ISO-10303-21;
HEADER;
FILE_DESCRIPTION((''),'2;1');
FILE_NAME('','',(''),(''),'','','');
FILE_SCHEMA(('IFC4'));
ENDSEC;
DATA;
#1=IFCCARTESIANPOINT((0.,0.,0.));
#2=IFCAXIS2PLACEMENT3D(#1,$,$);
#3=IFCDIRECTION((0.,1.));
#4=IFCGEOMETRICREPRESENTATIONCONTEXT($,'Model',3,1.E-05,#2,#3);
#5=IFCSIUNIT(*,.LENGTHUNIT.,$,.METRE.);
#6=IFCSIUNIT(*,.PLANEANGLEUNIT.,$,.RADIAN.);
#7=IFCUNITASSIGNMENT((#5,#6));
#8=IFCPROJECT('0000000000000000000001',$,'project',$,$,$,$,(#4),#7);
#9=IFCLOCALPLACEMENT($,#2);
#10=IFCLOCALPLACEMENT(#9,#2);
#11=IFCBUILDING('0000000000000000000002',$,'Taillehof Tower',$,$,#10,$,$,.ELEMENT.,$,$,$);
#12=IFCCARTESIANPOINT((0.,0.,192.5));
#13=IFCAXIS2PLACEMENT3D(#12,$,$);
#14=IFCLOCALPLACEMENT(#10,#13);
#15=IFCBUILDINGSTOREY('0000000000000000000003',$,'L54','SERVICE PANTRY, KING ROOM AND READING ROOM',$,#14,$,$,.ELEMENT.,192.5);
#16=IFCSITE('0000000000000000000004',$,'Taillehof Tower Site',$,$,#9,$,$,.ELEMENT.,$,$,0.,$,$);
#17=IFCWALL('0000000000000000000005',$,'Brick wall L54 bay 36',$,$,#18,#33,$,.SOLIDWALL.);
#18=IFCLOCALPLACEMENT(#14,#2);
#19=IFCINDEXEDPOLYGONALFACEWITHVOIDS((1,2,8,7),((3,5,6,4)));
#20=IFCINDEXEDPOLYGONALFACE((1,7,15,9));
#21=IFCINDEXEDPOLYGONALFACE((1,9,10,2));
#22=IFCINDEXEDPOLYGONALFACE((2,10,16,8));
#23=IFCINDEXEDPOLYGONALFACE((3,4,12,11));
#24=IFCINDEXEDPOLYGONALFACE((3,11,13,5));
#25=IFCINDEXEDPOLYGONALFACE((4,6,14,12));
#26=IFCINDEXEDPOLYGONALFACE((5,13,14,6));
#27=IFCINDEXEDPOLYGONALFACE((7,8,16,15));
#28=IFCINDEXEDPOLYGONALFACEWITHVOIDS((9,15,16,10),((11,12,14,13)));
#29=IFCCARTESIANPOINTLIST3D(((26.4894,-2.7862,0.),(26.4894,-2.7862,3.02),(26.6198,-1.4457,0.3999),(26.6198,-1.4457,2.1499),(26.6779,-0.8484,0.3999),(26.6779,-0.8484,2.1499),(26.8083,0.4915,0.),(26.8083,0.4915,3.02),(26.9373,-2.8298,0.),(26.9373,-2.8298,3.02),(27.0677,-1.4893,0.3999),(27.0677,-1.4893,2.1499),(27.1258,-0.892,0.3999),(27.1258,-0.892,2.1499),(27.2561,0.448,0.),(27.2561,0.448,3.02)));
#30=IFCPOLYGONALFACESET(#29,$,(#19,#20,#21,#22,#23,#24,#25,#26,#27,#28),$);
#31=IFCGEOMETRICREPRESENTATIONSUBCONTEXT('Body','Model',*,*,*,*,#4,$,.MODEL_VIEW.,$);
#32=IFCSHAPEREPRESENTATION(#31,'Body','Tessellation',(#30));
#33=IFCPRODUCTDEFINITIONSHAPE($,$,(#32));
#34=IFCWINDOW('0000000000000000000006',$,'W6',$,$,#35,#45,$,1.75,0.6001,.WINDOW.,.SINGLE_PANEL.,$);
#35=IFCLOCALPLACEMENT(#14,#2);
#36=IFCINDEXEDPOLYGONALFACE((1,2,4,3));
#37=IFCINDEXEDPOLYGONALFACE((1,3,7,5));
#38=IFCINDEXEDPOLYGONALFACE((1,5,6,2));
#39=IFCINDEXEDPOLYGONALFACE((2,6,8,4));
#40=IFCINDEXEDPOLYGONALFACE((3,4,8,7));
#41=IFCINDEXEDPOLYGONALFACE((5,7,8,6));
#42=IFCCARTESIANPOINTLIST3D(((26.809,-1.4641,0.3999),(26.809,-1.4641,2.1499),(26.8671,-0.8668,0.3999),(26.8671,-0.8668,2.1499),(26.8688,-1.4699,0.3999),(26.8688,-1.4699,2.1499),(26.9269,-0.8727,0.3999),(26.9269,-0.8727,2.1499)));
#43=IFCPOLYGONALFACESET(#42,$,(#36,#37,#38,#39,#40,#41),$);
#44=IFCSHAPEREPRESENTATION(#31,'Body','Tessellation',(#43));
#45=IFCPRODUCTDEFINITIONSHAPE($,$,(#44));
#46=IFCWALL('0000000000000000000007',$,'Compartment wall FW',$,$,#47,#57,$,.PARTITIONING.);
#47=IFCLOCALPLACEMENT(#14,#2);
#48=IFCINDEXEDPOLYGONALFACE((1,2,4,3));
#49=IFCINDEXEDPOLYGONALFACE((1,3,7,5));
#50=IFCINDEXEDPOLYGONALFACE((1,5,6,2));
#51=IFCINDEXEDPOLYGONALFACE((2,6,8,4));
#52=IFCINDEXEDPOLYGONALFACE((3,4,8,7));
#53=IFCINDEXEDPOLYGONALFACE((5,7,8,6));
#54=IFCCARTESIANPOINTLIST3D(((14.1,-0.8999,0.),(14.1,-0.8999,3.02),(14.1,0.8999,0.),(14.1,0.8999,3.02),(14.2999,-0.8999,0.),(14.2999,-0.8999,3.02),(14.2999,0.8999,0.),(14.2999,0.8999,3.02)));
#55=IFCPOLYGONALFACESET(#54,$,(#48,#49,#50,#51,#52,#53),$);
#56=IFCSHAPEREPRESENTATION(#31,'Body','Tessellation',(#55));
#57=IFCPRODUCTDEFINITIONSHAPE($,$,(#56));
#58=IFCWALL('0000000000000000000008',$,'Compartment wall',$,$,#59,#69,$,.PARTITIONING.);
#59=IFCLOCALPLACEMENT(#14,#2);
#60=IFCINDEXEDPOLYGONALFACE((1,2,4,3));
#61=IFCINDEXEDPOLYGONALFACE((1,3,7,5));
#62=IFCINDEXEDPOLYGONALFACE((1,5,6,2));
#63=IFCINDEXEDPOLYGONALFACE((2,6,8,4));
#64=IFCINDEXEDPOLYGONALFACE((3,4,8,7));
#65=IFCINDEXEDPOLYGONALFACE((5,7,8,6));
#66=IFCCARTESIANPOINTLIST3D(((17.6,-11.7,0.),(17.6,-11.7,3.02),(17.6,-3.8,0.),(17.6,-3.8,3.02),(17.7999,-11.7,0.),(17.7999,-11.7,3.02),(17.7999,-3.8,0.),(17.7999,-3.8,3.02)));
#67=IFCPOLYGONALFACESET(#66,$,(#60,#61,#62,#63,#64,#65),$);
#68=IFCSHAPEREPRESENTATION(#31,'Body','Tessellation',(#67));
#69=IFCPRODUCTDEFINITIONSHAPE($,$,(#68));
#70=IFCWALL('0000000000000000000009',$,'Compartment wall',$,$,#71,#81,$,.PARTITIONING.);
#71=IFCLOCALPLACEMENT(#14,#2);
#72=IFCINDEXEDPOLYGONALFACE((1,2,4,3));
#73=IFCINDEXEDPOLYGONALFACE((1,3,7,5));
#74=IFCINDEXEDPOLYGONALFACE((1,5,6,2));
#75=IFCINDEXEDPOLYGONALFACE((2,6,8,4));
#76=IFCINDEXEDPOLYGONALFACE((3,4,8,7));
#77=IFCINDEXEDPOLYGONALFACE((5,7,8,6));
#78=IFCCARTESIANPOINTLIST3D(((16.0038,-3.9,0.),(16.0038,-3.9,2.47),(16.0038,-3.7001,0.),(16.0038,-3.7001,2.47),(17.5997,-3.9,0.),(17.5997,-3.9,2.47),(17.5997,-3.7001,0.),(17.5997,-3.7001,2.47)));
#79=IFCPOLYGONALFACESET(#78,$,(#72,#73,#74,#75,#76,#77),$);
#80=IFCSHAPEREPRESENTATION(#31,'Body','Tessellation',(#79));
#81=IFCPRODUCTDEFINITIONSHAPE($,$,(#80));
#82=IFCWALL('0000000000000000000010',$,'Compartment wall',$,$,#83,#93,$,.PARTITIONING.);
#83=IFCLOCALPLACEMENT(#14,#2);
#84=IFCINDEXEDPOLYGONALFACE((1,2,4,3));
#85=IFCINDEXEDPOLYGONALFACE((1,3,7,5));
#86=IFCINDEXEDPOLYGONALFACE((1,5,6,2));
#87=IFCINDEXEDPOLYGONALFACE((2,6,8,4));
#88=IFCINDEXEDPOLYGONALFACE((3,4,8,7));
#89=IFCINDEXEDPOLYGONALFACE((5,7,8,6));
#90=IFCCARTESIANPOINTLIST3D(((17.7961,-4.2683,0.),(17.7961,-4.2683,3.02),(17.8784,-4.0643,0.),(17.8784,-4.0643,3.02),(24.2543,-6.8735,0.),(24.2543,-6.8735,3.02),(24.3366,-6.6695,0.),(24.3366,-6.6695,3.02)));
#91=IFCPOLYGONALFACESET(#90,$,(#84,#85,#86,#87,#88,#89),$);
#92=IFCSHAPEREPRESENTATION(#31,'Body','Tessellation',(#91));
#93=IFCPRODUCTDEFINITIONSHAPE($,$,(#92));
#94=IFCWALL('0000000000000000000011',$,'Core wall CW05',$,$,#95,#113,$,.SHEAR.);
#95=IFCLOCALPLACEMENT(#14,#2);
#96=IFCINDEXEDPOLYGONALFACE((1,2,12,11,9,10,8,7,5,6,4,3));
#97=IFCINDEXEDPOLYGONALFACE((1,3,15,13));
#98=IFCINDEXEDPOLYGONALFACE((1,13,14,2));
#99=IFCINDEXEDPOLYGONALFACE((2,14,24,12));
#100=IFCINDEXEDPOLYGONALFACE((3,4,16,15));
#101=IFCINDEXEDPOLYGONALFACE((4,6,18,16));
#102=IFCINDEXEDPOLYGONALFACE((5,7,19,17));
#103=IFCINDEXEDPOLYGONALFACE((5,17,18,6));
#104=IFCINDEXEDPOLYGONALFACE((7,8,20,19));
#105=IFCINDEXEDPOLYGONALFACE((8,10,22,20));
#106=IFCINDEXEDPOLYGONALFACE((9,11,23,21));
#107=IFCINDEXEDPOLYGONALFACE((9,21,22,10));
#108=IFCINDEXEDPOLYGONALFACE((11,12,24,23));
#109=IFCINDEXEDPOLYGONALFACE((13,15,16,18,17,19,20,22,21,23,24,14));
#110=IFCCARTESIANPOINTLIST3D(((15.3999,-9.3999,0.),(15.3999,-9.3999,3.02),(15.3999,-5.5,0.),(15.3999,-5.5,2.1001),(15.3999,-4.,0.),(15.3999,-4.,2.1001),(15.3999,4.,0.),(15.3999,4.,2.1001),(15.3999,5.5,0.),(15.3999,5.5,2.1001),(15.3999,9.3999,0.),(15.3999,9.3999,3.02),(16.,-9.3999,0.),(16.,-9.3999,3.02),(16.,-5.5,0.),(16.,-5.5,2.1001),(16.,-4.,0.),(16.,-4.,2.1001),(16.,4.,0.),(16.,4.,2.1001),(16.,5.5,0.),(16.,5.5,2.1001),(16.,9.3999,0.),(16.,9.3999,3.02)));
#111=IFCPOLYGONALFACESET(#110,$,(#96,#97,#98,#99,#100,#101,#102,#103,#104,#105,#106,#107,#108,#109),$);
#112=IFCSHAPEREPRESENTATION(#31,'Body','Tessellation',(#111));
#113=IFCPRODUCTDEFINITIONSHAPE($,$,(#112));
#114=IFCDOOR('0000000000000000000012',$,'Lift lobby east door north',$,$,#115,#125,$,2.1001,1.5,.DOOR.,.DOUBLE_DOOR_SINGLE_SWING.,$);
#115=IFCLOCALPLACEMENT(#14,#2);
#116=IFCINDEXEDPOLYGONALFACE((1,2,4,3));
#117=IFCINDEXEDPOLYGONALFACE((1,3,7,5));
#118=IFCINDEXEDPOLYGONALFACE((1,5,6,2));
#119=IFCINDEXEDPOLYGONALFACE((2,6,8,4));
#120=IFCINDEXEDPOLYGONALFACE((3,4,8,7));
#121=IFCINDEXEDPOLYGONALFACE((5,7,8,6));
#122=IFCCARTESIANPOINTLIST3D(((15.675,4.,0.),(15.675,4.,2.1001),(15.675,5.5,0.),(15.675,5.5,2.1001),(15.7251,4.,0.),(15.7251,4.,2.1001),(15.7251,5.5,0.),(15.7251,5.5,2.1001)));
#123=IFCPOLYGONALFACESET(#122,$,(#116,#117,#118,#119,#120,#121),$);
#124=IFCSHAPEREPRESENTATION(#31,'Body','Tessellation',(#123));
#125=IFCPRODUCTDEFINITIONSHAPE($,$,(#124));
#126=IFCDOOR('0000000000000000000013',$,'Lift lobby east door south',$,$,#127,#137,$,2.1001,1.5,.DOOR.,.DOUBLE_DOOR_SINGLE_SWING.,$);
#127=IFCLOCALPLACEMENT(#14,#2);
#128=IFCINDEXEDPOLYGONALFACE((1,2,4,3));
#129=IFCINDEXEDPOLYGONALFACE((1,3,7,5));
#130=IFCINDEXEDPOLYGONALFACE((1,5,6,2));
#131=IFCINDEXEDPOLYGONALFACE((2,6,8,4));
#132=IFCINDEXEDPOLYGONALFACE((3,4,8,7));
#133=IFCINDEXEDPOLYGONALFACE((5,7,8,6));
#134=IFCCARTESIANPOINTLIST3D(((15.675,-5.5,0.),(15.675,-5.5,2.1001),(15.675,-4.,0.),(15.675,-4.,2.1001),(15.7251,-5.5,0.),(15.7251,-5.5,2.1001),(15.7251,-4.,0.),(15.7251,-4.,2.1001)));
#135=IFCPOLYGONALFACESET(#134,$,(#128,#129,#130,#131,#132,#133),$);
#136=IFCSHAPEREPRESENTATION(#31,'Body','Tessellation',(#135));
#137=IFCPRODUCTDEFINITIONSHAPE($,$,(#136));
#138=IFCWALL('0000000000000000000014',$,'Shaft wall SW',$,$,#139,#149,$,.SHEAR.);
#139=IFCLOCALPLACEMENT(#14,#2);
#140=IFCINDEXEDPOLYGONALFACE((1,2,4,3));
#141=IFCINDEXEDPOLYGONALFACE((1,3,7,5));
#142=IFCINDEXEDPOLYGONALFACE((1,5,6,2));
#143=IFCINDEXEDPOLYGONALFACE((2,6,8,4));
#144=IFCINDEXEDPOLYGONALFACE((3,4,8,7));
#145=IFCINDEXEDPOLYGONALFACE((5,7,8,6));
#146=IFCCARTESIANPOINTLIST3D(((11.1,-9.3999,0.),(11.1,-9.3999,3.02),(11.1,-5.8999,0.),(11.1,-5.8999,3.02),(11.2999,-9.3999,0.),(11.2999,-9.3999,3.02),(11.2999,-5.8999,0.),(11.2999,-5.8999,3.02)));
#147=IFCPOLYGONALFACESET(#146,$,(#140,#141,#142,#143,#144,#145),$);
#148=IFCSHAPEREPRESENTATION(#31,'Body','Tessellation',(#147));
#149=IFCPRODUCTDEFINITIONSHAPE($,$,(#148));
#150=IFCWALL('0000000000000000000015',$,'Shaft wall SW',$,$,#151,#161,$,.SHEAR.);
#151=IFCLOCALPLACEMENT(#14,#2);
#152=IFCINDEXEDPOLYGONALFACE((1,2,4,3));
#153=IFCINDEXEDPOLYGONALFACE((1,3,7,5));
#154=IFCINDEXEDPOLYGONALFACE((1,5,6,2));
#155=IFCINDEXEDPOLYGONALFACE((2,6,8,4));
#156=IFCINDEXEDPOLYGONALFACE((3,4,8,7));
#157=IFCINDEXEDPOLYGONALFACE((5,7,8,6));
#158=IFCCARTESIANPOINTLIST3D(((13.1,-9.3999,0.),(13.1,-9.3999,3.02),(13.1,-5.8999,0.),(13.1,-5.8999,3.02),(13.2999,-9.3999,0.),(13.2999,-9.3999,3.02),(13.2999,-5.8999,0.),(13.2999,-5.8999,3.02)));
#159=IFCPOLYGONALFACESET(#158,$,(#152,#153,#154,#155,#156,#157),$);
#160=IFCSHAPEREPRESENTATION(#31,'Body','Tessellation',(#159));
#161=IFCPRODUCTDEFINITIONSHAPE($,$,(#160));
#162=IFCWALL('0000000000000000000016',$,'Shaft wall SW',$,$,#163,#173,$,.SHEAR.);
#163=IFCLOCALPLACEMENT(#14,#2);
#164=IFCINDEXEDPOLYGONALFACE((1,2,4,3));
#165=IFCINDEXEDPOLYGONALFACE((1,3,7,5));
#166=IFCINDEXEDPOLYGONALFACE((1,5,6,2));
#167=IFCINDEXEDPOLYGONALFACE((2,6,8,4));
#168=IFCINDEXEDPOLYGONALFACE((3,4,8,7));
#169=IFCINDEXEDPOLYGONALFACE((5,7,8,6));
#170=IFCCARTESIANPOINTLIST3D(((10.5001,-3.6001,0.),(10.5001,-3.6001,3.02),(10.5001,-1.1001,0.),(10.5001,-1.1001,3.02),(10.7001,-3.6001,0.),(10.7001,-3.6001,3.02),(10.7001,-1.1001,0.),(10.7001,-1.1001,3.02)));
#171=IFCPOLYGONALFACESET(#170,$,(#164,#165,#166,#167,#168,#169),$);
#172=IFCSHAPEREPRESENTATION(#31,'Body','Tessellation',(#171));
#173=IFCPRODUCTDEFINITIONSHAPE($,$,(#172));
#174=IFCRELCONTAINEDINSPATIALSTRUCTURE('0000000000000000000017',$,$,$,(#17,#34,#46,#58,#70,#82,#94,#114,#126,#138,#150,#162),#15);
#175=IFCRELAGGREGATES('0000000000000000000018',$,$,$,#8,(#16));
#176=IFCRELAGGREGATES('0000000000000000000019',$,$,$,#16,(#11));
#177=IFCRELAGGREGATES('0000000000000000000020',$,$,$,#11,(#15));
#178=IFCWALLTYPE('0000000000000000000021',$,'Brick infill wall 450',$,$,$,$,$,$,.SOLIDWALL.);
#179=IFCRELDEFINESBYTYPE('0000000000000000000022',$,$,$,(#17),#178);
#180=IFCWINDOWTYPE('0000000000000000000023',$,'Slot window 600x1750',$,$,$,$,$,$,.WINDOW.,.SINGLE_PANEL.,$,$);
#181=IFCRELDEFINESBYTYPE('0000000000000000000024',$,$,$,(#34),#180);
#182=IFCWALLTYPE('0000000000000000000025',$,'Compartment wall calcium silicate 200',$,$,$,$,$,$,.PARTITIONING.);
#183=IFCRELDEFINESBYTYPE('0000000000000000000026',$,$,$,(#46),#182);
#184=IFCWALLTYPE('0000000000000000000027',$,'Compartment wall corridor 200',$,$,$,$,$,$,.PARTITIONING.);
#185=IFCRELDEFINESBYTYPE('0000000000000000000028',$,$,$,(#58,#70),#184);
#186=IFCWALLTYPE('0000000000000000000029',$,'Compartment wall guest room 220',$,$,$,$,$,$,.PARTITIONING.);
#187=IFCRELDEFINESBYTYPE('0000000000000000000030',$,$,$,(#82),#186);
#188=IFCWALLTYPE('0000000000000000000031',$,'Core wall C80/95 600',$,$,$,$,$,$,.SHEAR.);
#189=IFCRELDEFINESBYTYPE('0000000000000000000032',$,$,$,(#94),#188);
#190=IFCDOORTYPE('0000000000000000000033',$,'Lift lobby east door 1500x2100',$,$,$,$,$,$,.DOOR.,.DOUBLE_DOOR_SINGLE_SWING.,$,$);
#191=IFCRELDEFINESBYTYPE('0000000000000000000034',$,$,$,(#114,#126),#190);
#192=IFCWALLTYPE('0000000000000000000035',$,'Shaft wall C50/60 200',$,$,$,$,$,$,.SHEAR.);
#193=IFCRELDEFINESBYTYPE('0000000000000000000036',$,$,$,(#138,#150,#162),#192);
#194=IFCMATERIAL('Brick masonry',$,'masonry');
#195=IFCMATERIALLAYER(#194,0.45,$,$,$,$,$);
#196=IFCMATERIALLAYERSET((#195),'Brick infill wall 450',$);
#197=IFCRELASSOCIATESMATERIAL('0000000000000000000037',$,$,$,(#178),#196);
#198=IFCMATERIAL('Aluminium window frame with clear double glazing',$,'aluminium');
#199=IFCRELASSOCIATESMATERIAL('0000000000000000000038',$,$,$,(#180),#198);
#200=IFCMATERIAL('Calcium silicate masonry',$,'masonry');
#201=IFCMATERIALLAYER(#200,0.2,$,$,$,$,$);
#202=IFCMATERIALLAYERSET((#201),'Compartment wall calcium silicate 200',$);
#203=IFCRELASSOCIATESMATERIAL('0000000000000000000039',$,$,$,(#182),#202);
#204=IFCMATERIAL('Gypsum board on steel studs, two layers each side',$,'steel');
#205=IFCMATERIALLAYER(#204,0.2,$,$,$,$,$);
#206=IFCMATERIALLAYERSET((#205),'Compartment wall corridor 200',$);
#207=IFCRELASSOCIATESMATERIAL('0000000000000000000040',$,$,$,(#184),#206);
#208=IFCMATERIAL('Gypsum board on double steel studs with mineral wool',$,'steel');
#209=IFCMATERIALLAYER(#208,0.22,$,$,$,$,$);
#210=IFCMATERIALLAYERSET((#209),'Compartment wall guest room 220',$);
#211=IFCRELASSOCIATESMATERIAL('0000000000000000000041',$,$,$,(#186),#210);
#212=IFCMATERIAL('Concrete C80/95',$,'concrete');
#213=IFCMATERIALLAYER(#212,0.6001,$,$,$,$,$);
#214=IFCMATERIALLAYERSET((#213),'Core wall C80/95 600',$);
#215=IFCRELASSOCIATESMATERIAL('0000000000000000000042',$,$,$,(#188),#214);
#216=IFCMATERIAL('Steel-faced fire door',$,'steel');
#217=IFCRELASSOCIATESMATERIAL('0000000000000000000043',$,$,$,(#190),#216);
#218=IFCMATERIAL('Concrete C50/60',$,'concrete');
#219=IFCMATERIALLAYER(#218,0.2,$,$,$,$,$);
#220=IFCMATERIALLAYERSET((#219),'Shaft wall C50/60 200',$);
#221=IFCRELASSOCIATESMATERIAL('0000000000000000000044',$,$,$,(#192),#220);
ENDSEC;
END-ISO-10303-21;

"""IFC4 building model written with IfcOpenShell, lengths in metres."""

from ifc_helpers import new_model, si_unit, direction, frame, frame_2d, origin, place, context, subcontext, project, spatial, rectangle, extrude, material, layer, layer_set, type_object, element, fill, save


model = new_model("IFC4")

# Units and contexts
model_context = context("Model", 3, precision=1e-05, world=origin(), true_north=direction((0.0, 1.0)))
body_context = subcontext(model_context, "Body", "Model", "MODEL_VIEW")
ifc_project = project(units=[si_unit("LENGTHUNIT", "METRE"), si_unit("PLANEANGLEUNIT", "RADIAN")], contexts=[model_context])

# Site, building, storey
site_placement = place(None, origin())
site = spatial("IfcSite", under=ifc_project, at=site_placement, Name="Taillehof Tower Site", CompositionType="ELEMENT", RefElevation=0.0)
building_placement = place(site_placement, origin())
building = spatial("IfcBuilding", under=site, at=building_placement, Name="Taillehof Tower", CompositionType="ELEMENT")
storey_placement = place(building_placement, frame((0.0, 0.0, 192.5)))
storey = spatial("IfcBuildingStorey", under=building, at=storey_placement, Name="L54", Description="SERVICE PANTRY, KING ROOM AND READING ROOM", CompositionType="ELEMENT", Elevation=192.5)

# Shared definitions
ifc_material_1 = material(Name="Brick masonry", Category="masonry")
ifc_layer_1 = layer(ifc_material_1, 0.45)
ifc_layer_set_1 = layer_set([ifc_layer_1], Name="Brick infill wall 450")
wall_type_1 = type_object("IfcWallType", Name="Brick infill wall 450", PredefinedType="SOLIDWALL", material=ifc_layer_set_1)
ifc_material_2 = material(Name="Aluminium window frame with clear double glazing", Category="aluminium")
window_type = type_object("IfcWindowType", Name="Slot window 600x1750", PartitioningType="SINGLE_PANEL", PredefinedType="WINDOW", material=ifc_material_2)

# Wall, opening, window
wall_1_placement = place(storey_placement, frame((26.7134, -2.8079, 0.0), z_axis=(0.0, 0.0, 1.0), x_axis=(0.096817, 0.995302, 0.0)))
wall_1 = element("IfcWall", 1, at=wall_1_placement, inside=storey, type_object=wall_type_1, Name="Brick wall L54 bay 36", PredefinedType="SOLIDWALL", context=body_context, shape_type="SweptSolid", body=[
    extrude(rectangle(XDim=3.2932, YDim=0.45, at=frame_2d((1.6465, 0.0))), origin(), (0.0, 0.0, 1.0), 3.02),
])
opening_1_placement = place(wall_1_placement, frame((1.3467, 0.0, 0.3999)))
opening_1 = element("IfcOpeningElement", 2, at=opening_1_placement, cuts=wall_1, PredefinedType="OPENING", context=body_context, shape_type="SweptSolid", body=[
    extrude(rectangle(XDim=0.6001, YDim=1.75, at=frame_2d((0.3, 0.875))), frame((0.0, 0.2349, 0.0), z_axis=(0.0, -1.0, 0.0), x_axis=(1.0, 0.0, 0.0)), (0.0, 0.0, 1.0), 0.47),
])
window_1_placement = place(opening_1_placement, origin())
window_1 = element("IfcWindow", 3, at=window_1_placement, inside=storey, type_object=window_type, Name="W6", OverallHeight=1.75, OverallWidth=0.6001, PartitioningType="SINGLE_PANEL", PredefinedType="WINDOW", context=body_context, shape_type="SweptSolid", body=[
    extrude(rectangle(XDim=0.6001, YDim=1.75, at=frame_2d((0.3, 0.875))), frame((0.0, 0.0349, 0.0), z_axis=(0.0, -1.0, 0.0), x_axis=(1.0, 0.0, 0.0)), (0.0, 0.0, 1.0), 0.0601),
])
fill(opening_1, window_1)

# Walls
ifc_material_3 = material(Name="Calcium silicate masonry", Category="masonry")
ifc_layer_2 = layer(ifc_material_3, 0.2)
ifc_layer_set_2 = layer_set([ifc_layer_2], Name="Compartment wall calcium silicate 200")
wall_type_2 = type_object("IfcWallType", Name="Compartment wall calcium silicate 200", PredefinedType="PARTITIONING", material=ifc_layer_set_2)
wall_2_placement = place(storey_placement, frame((14.2, -0.8999, 0.0), z_axis=(0.0, 0.0, 1.0), x_axis=(0.0, 1.0, 0.0)))
element("IfcWall", 4, at=wall_2_placement, inside=storey, type_object=wall_type_2, Name="Compartment wall FW", PredefinedType="PARTITIONING", context=body_context, shape_type="SweptSolid", body=[
    extrude(rectangle(XDim=1.7998, YDim=0.2, at=frame_2d((0.8999, 0.0))), origin(), (0.0, 0.0, 1.0), 3.02),
])
ifc_material_4 = material(Name="Gypsum board on steel studs, two layers each side", Category="steel")
ifc_layer_3 = layer(ifc_material_4, 0.2)
ifc_layer_set_3 = layer_set([ifc_layer_3], Name="Compartment wall corridor 200")
wall_type_3 = type_object("IfcWallType", Name="Compartment wall corridor 200", PredefinedType="PARTITIONING", material=ifc_layer_set_3)
wall_3_placement = place(storey_placement, frame((17.7, -3.8, 0.0), z_axis=(0.0, 0.0, 1.0), x_axis=(0.0, -1.0, 0.0)))
element("IfcWall", 5, at=wall_3_placement, inside=storey, type_object=wall_type_3, Name="Compartment wall", PredefinedType="PARTITIONING", context=body_context, shape_type="SweptSolid", body=[
    extrude(rectangle(XDim=7.8999, YDim=0.2, at=frame_2d((3.95, 0.0))), origin(), (0.0, 0.0, 1.0), 3.02),
])
wall_4_placement = place(storey_placement, frame((16.0039, -3.8, 0.0), z_axis=(0.0, 0.0, 1.0), x_axis=(1.0, 0.0, 0.0)))
element("IfcWall", 6, at=wall_4_placement, inside=storey, type_object=wall_type_3, Name="Compartment wall", PredefinedType="PARTITIONING", context=body_context, shape_type="SweptSolid", body=[
    extrude(rectangle(XDim=1.5959, YDim=0.2, at=frame_2d((0.7979, 0.0))), origin(), (0.0, 0.0, 1.0), 2.47),
])
ifc_material_5 = material(Name="Gypsum board on double steel studs with mineral wool", Category="steel")
ifc_layer_4 = layer(ifc_material_5, 0.22)
ifc_layer_set_4 = layer_set([ifc_layer_4], Name="Compartment wall guest room 220")
wall_type_4 = type_object("IfcWallType", Name="Compartment wall guest room 220", PredefinedType="PARTITIONING", material=ifc_layer_set_4)
wall_5_placement = place(storey_placement, frame((24.2954, -6.7715, 0.0), z_axis=(0.0, 0.0, 1.0), x_axis=(-0.927387, 0.374103, 0.0)))
element("IfcWall", 7, at=wall_5_placement, inside=storey, type_object=wall_type_4, Name="Compartment wall", PredefinedType="PARTITIONING", context=body_context, shape_type="SweptSolid", body=[
    extrude(rectangle(XDim=6.9639, YDim=0.22, at=frame_2d((3.4819, 0.0))), origin(), (0.0, 0.0, 1.0), 3.02),
])

# Wall, openings, doors
ifc_material_6 = material(Name="Concrete C80/95", Category="concrete")
ifc_layer_5 = layer(ifc_material_6, 0.6001)
ifc_layer_set_5 = layer_set([ifc_layer_5], Name="Core wall C80/95 600")
wall_type_5 = type_object("IfcWallType", Name="Core wall C80/95 600", PredefinedType="SHEAR", material=ifc_layer_set_5)
wall_6_placement = place(storey_placement, frame((15.7, -9.3999, 0.0), z_axis=(0.0, 0.0, 1.0), x_axis=(0.0, 1.0, 0.0)))
wall_6 = element("IfcWall", 8, at=wall_6_placement, inside=storey, type_object=wall_type_5, Name="Core wall CW05", PredefinedType="SHEAR", context=body_context, shape_type="SweptSolid", body=[
    extrude(rectangle(XDim=18.7998, YDim=0.6001, at=frame_2d((9.3999, 0.0))), origin(), (0.0, 0.0, 1.0), 3.02),
])
opening_2_placement = place(wall_6_placement, frame((13.3999, 0.0, 0.0)))
opening_2 = element("IfcOpeningElement", 9, at=opening_2_placement, cuts=wall_6, PredefinedType="OPENING", context=body_context, shape_type="SweptSolid", body=[
    extrude(rectangle(XDim=1.5, YDim=2.1001, at=frame_2d((0.75, 1.05))), frame((0.0, 0.3101, 0.0), z_axis=(0.0, -1.0, 0.0), x_axis=(1.0, 0.0, 0.0)), (0.0, 0.0, 1.0), 0.6201),
])
opening_3_placement = place(wall_6_placement, frame((3.8999, 0.0, 0.0)))
opening_3 = element("IfcOpeningElement", 10, at=opening_3_placement, cuts=wall_6, PredefinedType="OPENING", context=body_context, shape_type="SweptSolid", body=[
    extrude(rectangle(XDim=1.5, YDim=2.1001, at=frame_2d((0.75, 1.05))), frame((0.0, 0.3101, 0.0), z_axis=(0.0, -1.0, 0.0), x_axis=(1.0, 0.0, 0.0)), (0.0, 0.0, 1.0), 0.6201),
])
ifc_material_7 = material(Name="Steel-faced fire door", Category="steel")
door_type = type_object("IfcDoorType", Name="Lift lobby east door 1500x2100", OperationType="DOUBLE_DOOR_SINGLE_SWING", PredefinedType="DOOR", material=ifc_material_7)
door_1_placement = place(opening_2_placement, origin())
door_1 = element("IfcDoor", 11, at=door_1_placement, inside=storey, type_object=door_type, Name="Lift lobby east door north", OperationType="DOUBLE_DOOR_SINGLE_SWING", OverallHeight=2.1001, OverallWidth=1.5, PredefinedType="DOOR", context=body_context, shape_type="SweptSolid", body=[
    extrude(rectangle(XDim=1.5, YDim=2.1001, at=frame_2d((0.75, 1.05))), frame((0.0, 0.0249, 0.0), z_axis=(0.0, -1.0, 0.0), x_axis=(1.0, 0.0, 0.0)), (0.0, 0.0, 1.0), 0.05),
])
fill(opening_2, door_1)
door_2_placement = place(opening_3_placement, origin())
door_2 = element("IfcDoor", 12, at=door_2_placement, inside=storey, type_object=door_type, Name="Lift lobby east door south", OperationType="DOUBLE_DOOR_SINGLE_SWING", OverallHeight=2.1001, OverallWidth=1.5, PredefinedType="DOOR", context=body_context, shape_type="SweptSolid", body=[
    extrude(rectangle(XDim=1.5, YDim=2.1001, at=frame_2d((0.75, 1.05))), frame((0.0, 0.0249, 0.0), z_axis=(0.0, -1.0, 0.0), x_axis=(1.0, 0.0, 0.0)), (0.0, 0.0, 1.0), 0.05),
])
fill(opening_3, door_2)

# Walls
ifc_material_8 = material(Name="Concrete C50/60", Category="concrete")
ifc_layer_6 = layer(ifc_material_8, 0.2)
ifc_layer_set_6 = layer_set([ifc_layer_6], Name="Shaft wall C50/60 200")
wall_type_6 = type_object("IfcWallType", Name="Shaft wall C50/60 200", PredefinedType="SHEAR", material=ifc_layer_set_6)
for number, where, z_axis, x_axis, name in (
    (13, (11.2, -9.3999, 0.0), (0.0, 0.0, 1.0), (0.0, 1.0, 0.0), "Shaft wall SW"),
    (14, (13.2, -9.3999, 0.0), (0.0, 0.0, 1.0), (0.0, 1.0, 0.0), "Shaft wall SW"),
):
    element("IfcWall", number, at=place(storey_placement, frame(where, z_axis=z_axis, x_axis=x_axis)), inside=storey, type_object=wall_type_6, Name=name, PredefinedType="SHEAR", context=body_context, shape_type="SweptSolid", body=[
        extrude(rectangle(XDim=3.5, YDim=0.2, at=frame_2d((1.75, 0.0))), origin(), (0.0, 0.0, 1.0), 3.02),
    ])
for number, where, z_axis, x_axis, name in (
    (15, (10.6001, -3.6001, 0.0), (0.0, 0.0, 1.0), (0.0, 1.0, 0.0), "Shaft wall SW"),
):
    element("IfcWall", number, at=place(storey_placement, frame(where, z_axis=z_axis, x_axis=x_axis)), inside=storey, type_object=wall_type_6, Name=name, PredefinedType="SHEAR", context=body_context, shape_type="SweptSolid", body=[
        extrude(rectangle(XDim=2.5, YDim=0.2, at=frame_2d((1.25, 0.0))), origin(), (0.0, 0.0, 1.0), 3.02),
    ])

save(model, "model.ifc")
